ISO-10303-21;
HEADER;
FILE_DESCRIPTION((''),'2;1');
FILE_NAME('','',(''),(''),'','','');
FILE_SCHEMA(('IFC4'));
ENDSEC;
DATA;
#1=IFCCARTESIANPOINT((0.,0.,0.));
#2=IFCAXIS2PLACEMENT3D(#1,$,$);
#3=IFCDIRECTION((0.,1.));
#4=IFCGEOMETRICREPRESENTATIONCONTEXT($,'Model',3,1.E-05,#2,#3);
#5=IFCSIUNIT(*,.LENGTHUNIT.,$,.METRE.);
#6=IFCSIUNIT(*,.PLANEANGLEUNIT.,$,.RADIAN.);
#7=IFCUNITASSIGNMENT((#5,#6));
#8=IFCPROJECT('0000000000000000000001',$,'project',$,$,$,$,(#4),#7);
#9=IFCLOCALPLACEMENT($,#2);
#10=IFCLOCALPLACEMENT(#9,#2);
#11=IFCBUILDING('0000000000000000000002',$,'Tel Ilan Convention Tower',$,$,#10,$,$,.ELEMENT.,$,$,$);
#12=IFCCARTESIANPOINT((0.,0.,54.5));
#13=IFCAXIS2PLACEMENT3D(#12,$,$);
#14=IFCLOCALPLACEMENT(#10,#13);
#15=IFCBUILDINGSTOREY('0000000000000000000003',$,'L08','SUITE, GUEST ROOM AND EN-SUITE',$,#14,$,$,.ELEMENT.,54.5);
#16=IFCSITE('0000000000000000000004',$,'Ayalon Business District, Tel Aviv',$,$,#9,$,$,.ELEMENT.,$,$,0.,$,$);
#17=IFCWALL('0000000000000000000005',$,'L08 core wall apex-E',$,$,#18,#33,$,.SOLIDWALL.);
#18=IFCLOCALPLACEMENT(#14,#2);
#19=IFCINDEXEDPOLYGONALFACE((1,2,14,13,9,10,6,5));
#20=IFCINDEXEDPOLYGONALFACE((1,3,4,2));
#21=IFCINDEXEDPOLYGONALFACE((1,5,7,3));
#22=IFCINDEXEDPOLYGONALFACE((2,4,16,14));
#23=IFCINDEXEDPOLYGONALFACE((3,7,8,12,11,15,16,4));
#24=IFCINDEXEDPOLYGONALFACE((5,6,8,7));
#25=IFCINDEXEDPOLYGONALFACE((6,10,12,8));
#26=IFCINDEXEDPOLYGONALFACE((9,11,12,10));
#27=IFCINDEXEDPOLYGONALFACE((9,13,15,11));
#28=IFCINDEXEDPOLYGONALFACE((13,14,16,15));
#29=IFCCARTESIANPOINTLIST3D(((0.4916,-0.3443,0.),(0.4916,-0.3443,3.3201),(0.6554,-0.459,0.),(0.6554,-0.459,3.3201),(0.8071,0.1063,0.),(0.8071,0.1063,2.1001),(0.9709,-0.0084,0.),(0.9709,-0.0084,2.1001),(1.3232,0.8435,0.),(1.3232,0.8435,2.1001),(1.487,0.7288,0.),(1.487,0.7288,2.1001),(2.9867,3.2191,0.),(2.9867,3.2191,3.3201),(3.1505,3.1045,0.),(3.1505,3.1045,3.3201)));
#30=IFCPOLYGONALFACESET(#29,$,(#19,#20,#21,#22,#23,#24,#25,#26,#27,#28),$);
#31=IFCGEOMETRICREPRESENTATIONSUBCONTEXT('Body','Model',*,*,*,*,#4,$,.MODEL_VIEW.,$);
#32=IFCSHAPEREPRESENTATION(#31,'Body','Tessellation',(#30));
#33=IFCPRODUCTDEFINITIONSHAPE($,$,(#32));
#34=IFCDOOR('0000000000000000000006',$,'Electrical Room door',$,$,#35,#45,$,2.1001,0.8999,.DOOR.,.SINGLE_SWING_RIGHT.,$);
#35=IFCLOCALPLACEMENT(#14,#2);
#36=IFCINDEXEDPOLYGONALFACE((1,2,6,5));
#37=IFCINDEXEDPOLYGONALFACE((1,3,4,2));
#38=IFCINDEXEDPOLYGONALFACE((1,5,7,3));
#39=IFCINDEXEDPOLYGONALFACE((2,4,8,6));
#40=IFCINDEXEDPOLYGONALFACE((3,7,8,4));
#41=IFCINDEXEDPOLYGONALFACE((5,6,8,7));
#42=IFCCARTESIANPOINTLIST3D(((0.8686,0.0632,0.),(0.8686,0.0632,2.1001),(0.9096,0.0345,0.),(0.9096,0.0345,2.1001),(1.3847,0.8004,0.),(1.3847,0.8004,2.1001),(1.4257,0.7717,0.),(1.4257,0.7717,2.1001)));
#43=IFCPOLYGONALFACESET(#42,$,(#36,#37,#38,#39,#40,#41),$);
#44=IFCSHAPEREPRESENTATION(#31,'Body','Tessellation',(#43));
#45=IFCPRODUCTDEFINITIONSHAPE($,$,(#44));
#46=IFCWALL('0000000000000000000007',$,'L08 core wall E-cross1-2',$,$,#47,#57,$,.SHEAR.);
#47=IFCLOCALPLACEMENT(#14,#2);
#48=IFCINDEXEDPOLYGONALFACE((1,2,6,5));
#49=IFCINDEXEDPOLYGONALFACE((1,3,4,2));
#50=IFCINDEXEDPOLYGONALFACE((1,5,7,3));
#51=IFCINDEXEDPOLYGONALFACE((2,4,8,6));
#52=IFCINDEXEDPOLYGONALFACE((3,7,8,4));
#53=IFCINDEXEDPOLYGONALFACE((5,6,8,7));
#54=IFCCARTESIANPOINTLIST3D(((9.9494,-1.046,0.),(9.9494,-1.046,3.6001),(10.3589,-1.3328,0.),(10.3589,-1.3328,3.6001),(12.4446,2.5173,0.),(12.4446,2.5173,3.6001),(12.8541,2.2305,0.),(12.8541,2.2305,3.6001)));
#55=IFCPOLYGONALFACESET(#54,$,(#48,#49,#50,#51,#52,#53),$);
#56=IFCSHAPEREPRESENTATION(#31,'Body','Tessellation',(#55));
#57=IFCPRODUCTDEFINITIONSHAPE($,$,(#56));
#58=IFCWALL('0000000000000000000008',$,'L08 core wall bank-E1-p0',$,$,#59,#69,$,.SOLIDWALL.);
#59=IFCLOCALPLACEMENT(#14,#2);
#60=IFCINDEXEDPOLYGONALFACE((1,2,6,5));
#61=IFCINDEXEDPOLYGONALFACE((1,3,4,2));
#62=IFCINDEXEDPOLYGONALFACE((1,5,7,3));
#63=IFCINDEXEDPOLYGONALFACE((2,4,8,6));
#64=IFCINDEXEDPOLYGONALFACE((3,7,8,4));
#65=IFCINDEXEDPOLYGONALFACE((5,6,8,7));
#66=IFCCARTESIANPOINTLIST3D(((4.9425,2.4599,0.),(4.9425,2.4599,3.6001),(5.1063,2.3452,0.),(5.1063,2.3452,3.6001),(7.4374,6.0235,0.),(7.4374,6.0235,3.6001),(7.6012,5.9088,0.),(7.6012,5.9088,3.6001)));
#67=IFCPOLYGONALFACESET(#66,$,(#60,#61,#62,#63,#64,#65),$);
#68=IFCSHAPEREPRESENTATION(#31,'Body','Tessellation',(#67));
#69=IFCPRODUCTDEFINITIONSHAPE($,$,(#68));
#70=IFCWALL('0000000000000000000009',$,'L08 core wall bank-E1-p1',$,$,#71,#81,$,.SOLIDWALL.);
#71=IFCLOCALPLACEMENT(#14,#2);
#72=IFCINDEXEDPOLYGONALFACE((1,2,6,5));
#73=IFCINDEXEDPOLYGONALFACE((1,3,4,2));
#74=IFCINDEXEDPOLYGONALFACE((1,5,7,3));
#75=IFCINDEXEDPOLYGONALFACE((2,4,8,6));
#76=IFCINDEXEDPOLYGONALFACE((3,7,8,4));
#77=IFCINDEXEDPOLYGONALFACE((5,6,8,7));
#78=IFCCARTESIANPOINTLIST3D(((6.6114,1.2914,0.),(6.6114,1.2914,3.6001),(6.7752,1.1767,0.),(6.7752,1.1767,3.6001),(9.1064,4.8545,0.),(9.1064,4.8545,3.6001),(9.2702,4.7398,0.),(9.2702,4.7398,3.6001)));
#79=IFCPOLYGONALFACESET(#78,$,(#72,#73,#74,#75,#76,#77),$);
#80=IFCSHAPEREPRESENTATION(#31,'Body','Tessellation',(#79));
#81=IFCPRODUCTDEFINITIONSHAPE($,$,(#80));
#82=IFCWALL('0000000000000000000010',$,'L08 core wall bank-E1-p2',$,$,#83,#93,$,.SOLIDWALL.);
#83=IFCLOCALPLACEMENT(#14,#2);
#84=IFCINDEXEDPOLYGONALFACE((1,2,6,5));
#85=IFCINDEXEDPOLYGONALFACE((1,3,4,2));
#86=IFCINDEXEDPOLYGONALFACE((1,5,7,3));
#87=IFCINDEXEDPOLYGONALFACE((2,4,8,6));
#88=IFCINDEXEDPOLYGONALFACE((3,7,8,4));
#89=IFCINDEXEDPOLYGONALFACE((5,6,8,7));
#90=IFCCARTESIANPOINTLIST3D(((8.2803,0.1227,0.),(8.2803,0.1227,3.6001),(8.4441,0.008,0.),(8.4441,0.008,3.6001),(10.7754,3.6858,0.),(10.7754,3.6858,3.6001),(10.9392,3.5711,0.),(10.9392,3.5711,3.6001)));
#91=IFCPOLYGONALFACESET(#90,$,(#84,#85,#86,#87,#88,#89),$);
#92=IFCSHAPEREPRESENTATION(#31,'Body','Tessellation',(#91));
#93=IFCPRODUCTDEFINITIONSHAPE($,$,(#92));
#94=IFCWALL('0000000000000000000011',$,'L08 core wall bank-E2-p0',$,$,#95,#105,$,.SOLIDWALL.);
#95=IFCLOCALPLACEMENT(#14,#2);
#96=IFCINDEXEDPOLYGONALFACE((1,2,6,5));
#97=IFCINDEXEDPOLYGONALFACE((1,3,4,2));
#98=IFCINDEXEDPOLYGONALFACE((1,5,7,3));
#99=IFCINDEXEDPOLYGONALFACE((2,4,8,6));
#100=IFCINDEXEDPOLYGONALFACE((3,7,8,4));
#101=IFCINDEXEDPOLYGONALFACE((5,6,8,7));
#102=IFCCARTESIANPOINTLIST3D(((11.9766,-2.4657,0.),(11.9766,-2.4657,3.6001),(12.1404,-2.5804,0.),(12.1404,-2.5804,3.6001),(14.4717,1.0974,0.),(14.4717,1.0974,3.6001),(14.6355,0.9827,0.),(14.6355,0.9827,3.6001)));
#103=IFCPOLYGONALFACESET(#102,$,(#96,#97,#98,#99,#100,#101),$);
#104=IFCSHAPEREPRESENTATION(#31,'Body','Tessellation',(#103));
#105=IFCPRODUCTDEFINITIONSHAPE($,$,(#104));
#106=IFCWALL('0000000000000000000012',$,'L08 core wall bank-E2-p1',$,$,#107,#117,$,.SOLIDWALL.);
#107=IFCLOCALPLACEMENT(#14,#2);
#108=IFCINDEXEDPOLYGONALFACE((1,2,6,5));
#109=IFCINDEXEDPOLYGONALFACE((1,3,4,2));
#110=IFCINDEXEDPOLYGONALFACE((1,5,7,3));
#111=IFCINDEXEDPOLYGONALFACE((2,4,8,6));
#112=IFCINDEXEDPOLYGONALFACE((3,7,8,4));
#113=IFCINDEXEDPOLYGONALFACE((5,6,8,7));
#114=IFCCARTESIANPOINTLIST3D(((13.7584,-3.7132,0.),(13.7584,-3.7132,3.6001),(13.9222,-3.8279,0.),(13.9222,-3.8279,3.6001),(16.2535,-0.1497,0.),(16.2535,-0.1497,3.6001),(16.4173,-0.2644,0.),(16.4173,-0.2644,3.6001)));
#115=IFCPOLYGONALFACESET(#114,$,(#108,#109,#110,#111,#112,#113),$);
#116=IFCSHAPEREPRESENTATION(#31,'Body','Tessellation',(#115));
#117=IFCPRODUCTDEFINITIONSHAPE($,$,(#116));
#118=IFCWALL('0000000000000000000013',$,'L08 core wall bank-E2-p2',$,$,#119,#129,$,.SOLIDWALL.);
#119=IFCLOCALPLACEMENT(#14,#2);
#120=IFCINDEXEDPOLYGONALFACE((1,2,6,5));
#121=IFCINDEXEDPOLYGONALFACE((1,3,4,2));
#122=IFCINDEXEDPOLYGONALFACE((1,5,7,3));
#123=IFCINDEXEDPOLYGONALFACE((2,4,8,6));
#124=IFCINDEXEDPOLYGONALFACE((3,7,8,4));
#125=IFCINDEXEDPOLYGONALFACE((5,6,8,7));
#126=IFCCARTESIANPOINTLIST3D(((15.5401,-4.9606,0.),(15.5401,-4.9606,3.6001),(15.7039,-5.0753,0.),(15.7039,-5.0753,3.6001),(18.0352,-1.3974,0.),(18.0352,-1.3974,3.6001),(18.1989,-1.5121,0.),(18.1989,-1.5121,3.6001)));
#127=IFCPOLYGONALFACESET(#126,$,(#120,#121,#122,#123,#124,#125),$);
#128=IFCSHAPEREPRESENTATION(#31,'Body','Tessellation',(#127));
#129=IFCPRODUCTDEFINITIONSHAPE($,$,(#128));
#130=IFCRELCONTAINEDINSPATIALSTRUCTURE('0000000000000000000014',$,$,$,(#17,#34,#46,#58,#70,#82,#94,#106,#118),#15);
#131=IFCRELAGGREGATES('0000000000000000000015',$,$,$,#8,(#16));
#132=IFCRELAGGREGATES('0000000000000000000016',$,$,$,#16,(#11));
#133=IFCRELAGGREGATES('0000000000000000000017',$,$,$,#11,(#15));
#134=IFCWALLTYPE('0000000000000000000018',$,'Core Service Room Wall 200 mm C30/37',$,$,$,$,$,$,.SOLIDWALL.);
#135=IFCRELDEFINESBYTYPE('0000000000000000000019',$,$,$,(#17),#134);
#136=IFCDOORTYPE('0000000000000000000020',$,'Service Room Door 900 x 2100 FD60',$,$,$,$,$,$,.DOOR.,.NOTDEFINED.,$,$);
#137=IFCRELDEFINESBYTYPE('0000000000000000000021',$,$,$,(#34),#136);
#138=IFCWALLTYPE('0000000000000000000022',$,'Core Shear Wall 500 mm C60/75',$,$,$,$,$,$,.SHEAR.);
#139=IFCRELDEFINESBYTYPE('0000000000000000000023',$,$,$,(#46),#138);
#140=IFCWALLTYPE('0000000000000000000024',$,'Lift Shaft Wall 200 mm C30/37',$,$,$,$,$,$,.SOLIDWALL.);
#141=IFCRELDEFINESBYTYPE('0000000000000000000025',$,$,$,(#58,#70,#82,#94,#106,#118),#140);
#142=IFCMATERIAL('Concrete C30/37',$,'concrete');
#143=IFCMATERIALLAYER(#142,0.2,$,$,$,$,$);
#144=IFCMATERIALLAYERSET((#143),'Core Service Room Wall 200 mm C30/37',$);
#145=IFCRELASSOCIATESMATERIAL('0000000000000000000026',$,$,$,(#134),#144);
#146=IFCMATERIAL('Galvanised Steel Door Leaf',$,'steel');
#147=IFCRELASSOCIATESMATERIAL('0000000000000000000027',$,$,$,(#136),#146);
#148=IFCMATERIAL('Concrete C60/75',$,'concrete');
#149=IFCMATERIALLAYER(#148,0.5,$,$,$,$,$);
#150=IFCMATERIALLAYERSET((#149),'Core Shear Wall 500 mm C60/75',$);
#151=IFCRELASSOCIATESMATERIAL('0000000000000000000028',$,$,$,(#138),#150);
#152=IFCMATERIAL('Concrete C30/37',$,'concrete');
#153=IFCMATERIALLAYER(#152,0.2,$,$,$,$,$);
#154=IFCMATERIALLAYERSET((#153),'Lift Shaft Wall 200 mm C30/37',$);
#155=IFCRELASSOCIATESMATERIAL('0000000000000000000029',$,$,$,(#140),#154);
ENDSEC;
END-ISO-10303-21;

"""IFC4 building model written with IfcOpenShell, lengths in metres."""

from ifc_helpers import new_model, si_unit, direction, frame, frame_2d, origin, place, context, subcontext, project, spatial, polyline, rectangle, outline, extrude, material, layer, layer_set, type_object, element, fill, save


model = new_model("IFC4")

# Units and contexts
model_context = context("Model", 3, precision=1e-05, world=origin(), true_north=direction((0.0, 1.0)))
body_context = subcontext(model_context, "Body", "Model", "MODEL_VIEW")
ifc_project = project(units=[si_unit("LENGTHUNIT", "METRE"), si_unit("PLANEANGLEUNIT", "RADIAN")], contexts=[model_context])

# Site, building, storey
site_placement = place(None, origin())
site = spatial("IfcSite", under=ifc_project, at=site_placement, Name="Ayalon Business District, Tel Aviv", CompositionType="ELEMENT", RefElevation=0.0)
building_placement = place(site_placement, origin())
building = spatial("IfcBuilding", under=site, at=building_placement, Name="Tel Ilan Convention Tower", CompositionType="ELEMENT")
storey_placement = place(building_placement, frame((0.0, 0.0, 54.5)))
storey = spatial("IfcBuildingStorey", under=building, at=storey_placement, Name="L08", Description="SUITE, GUEST ROOM AND EN-SUITE", CompositionType="ELEMENT", Elevation=54.5)

# Wall, opening, door
ifc_material_1 = material(Name="Concrete C30/37", Category="concrete")
ifc_layer_1 = layer(ifc_material_1, 0.2)
ifc_layer_set_1 = layer_set([ifc_layer_1], Name="Core Service Room Wall 200 mm C30/37")
wall_type_1 = type_object("IfcWallType", Name="Core Service Room Wall 200 mm C30/37", PredefinedType="SOLIDWALL", material=ifc_layer_set_1)
wall_1_placement = place(storey_placement, frame((0.5735, -0.4016, 0.0), z_axis=(0.0, 0.0, 1.0), x_axis=(0.573568, 0.819158, 0.0)))
wall_1 = element("IfcWall", 1, at=wall_1_placement, inside=storey, type_object=wall_type_1, Name="L08 core wall apex-E", PredefinedType="SOLIDWALL", context=body_context, shape_type="SweptSolid", body=[
    extrude(rectangle(XDim=4.3501, YDim=0.2, at=frame_2d((2.175, 0.0))), origin(), (0.0, 0.0, 1.0), 3.3201),
])
opening_1_placement = place(wall_1_placement, frame((0.55, 0.0, 0.0)))
opening_1 = element("IfcOpeningElement", 2, at=opening_1_placement, cuts=wall_1, PredefinedType="OPENING", context=body_context, shape_type="SweptSolid", body=[
    extrude(rectangle(XDim=0.8999, YDim=2.1001, at=frame_2d((0.45, 1.05))), frame((0.0, 0.1099, 0.0), z_axis=(0.0, -1.0, 0.0), x_axis=(1.0, 0.0, 0.0)), (0.0, 0.0, 1.0), 0.22),
])
ifc_material_2 = material(Name="Galvanised Steel Door Leaf", Category="steel")
door_type_1 = type_object("IfcDoorType", Name="Service Room Door 900 x 2100 FD60", OperationType="NOTDEFINED", PredefinedType="DOOR", material=ifc_material_2)
door_1_placement = place(opening_1_placement, origin())
door_1 = element("IfcDoor", 3, at=door_1_placement, inside=storey, type_object=door_type_1, Name="Electrical Room door", OperationType="SINGLE_SWING_RIGHT", OverallHeight=2.1001, OverallWidth=0.8999, PredefinedType="DOOR", context=body_context, shape_type="SweptSolid", body=[
    extrude(rectangle(XDim=0.8999, YDim=2.1001, at=frame_2d((0.45, 1.05))), frame((0.0, 0.0249, 0.0), z_axis=(0.0, -1.0, 0.0), x_axis=(1.0, 0.0, 0.0)), (0.0, 0.0, 1.0), 0.05),
])
fill(opening_1, door_1)

# Walls
ifc_material_3 = material(Name="Concrete C60/75", Category="concrete")
ifc_layer_2 = layer(ifc_material_3, 0.5)
ifc_layer_set_2 = layer_set([ifc_layer_2], Name="Core Shear Wall 500 mm C60/75")
wall_type_2 = type_object("IfcWallType", Name="Core Shear Wall 500 mm C60/75", PredefinedType="SHEAR", material=ifc_layer_set_2)
wall_2_placement = place(storey_placement, frame((10.1543, -1.1892, 0.0), z_axis=(0.0, 0.0, 1.0), x_axis=(0.573594, 0.81914, 0.0)))
element("IfcWall", 4, at=wall_2_placement, inside=storey, type_object=wall_type_2, Name="L08 core wall E-cross1-2", PredefinedType="SHEAR", context=body_context, shape_type="SweptSolid", body=[
    extrude(outline(polyline([(4.3499, -0.25), (4.3499, 0.25), (-0.0002, 0.25), (-0.0002, -0.25), (4.3499, -0.25)])), origin(), (0.0, 0.0, 1.0), 3.6001),
])
ifc_material_4 = material(Name="Concrete C30/37", Category="concrete")
ifc_layer_3 = layer(ifc_material_4, 0.2)
ifc_layer_set_3 = layer_set([ifc_layer_3], Name="Lift Shaft Wall 200 mm C30/37")
wall_type_3 = type_object("IfcWallType", Name="Lift Shaft Wall 200 mm C30/37", PredefinedType="SOLIDWALL", material=ifc_layer_set_3)
wall_3_placement = place(storey_placement, frame((5.0244, 2.4026, 0.0), z_axis=(0.0, 0.0, 1.0), x_axis=(0.57353, 0.819184, 0.0)))
element("IfcWall", 5, at=wall_3_placement, inside=storey, type_object=wall_type_3, Name="L08 core wall bank-E1-p0", PredefinedType="SOLIDWALL", context=body_context, shape_type="SweptSolid", body=[
    extrude(rectangle(XDim=4.3501, YDim=0.2, at=frame_2d((2.175, 0.0))), origin(), (0.0, 0.0, 1.0), 3.6001),
])
for number, where, z_axis, x_axis, name in (
    (6, (6.6934, 1.2341, 0.0), (0.0, 0.0, 1.0), (0.573594, 0.81914, 0.0), "L08 core wall bank-E1-p1"),
    (7, (8.3623, 0.0654, 0.0), (0.0, 0.0, 1.0), (0.573594, 0.81914, 0.0), "L08 core wall bank-E1-p2"),
    (8, (12.0586, -2.5229, 0.0), (0.0, 0.0, 1.0), (0.573594, 0.81914, 0.0), "L08 core wall bank-E2-p0"),
):
    element("IfcWall", number, at=place(storey_placement, frame(where, z_axis=z_axis, x_axis=x_axis)), inside=storey, type_object=wall_type_3, Name=name, PredefinedType="SOLIDWALL", context=body_context, shape_type="SweptSolid", body=[
        extrude(rectangle(XDim=4.3499, YDim=0.2, at=frame_2d((2.1748, 0.0))), origin(), (0.0, 0.0, 1.0), 3.6001),
    ])
wall_4_placement = place(storey_placement, frame((13.8403, -3.7705, 0.0), z_axis=(0.0, 0.0, 1.0), x_axis=(0.573568, 0.819158, 0.0)))
element("IfcWall", 9, at=wall_4_placement, inside=storey, type_object=wall_type_3, Name="L08 core wall bank-E2-p1", PredefinedType="SOLIDWALL", context=body_context, shape_type="SweptSolid", body=[
    extrude(rectangle(XDim=4.3501, YDim=0.2, at=frame_2d((2.175, 0.0))), origin(), (0.0, 0.0, 1.0), 3.6001),
])
wall_5_placement = place(storey_placement, frame((15.6221, -5.0178, 0.0), z_axis=(0.0, 0.0, 1.0), x_axis=(0.573594, 0.81914, 0.0)))
element("IfcWall", 10, at=wall_5_placement, inside=storey, type_object=wall_type_3, Name="L08 core wall bank-E2-p2", PredefinedType="SOLIDWALL", context=body_context, shape_type="SweptSolid", body=[
    extrude(rectangle(XDim=4.3499, YDim=0.2, at=frame_2d((2.1748, 0.0))), origin(), (0.0, 0.0, 1.0), 3.6001),
])

save(model, "model.ifc")
